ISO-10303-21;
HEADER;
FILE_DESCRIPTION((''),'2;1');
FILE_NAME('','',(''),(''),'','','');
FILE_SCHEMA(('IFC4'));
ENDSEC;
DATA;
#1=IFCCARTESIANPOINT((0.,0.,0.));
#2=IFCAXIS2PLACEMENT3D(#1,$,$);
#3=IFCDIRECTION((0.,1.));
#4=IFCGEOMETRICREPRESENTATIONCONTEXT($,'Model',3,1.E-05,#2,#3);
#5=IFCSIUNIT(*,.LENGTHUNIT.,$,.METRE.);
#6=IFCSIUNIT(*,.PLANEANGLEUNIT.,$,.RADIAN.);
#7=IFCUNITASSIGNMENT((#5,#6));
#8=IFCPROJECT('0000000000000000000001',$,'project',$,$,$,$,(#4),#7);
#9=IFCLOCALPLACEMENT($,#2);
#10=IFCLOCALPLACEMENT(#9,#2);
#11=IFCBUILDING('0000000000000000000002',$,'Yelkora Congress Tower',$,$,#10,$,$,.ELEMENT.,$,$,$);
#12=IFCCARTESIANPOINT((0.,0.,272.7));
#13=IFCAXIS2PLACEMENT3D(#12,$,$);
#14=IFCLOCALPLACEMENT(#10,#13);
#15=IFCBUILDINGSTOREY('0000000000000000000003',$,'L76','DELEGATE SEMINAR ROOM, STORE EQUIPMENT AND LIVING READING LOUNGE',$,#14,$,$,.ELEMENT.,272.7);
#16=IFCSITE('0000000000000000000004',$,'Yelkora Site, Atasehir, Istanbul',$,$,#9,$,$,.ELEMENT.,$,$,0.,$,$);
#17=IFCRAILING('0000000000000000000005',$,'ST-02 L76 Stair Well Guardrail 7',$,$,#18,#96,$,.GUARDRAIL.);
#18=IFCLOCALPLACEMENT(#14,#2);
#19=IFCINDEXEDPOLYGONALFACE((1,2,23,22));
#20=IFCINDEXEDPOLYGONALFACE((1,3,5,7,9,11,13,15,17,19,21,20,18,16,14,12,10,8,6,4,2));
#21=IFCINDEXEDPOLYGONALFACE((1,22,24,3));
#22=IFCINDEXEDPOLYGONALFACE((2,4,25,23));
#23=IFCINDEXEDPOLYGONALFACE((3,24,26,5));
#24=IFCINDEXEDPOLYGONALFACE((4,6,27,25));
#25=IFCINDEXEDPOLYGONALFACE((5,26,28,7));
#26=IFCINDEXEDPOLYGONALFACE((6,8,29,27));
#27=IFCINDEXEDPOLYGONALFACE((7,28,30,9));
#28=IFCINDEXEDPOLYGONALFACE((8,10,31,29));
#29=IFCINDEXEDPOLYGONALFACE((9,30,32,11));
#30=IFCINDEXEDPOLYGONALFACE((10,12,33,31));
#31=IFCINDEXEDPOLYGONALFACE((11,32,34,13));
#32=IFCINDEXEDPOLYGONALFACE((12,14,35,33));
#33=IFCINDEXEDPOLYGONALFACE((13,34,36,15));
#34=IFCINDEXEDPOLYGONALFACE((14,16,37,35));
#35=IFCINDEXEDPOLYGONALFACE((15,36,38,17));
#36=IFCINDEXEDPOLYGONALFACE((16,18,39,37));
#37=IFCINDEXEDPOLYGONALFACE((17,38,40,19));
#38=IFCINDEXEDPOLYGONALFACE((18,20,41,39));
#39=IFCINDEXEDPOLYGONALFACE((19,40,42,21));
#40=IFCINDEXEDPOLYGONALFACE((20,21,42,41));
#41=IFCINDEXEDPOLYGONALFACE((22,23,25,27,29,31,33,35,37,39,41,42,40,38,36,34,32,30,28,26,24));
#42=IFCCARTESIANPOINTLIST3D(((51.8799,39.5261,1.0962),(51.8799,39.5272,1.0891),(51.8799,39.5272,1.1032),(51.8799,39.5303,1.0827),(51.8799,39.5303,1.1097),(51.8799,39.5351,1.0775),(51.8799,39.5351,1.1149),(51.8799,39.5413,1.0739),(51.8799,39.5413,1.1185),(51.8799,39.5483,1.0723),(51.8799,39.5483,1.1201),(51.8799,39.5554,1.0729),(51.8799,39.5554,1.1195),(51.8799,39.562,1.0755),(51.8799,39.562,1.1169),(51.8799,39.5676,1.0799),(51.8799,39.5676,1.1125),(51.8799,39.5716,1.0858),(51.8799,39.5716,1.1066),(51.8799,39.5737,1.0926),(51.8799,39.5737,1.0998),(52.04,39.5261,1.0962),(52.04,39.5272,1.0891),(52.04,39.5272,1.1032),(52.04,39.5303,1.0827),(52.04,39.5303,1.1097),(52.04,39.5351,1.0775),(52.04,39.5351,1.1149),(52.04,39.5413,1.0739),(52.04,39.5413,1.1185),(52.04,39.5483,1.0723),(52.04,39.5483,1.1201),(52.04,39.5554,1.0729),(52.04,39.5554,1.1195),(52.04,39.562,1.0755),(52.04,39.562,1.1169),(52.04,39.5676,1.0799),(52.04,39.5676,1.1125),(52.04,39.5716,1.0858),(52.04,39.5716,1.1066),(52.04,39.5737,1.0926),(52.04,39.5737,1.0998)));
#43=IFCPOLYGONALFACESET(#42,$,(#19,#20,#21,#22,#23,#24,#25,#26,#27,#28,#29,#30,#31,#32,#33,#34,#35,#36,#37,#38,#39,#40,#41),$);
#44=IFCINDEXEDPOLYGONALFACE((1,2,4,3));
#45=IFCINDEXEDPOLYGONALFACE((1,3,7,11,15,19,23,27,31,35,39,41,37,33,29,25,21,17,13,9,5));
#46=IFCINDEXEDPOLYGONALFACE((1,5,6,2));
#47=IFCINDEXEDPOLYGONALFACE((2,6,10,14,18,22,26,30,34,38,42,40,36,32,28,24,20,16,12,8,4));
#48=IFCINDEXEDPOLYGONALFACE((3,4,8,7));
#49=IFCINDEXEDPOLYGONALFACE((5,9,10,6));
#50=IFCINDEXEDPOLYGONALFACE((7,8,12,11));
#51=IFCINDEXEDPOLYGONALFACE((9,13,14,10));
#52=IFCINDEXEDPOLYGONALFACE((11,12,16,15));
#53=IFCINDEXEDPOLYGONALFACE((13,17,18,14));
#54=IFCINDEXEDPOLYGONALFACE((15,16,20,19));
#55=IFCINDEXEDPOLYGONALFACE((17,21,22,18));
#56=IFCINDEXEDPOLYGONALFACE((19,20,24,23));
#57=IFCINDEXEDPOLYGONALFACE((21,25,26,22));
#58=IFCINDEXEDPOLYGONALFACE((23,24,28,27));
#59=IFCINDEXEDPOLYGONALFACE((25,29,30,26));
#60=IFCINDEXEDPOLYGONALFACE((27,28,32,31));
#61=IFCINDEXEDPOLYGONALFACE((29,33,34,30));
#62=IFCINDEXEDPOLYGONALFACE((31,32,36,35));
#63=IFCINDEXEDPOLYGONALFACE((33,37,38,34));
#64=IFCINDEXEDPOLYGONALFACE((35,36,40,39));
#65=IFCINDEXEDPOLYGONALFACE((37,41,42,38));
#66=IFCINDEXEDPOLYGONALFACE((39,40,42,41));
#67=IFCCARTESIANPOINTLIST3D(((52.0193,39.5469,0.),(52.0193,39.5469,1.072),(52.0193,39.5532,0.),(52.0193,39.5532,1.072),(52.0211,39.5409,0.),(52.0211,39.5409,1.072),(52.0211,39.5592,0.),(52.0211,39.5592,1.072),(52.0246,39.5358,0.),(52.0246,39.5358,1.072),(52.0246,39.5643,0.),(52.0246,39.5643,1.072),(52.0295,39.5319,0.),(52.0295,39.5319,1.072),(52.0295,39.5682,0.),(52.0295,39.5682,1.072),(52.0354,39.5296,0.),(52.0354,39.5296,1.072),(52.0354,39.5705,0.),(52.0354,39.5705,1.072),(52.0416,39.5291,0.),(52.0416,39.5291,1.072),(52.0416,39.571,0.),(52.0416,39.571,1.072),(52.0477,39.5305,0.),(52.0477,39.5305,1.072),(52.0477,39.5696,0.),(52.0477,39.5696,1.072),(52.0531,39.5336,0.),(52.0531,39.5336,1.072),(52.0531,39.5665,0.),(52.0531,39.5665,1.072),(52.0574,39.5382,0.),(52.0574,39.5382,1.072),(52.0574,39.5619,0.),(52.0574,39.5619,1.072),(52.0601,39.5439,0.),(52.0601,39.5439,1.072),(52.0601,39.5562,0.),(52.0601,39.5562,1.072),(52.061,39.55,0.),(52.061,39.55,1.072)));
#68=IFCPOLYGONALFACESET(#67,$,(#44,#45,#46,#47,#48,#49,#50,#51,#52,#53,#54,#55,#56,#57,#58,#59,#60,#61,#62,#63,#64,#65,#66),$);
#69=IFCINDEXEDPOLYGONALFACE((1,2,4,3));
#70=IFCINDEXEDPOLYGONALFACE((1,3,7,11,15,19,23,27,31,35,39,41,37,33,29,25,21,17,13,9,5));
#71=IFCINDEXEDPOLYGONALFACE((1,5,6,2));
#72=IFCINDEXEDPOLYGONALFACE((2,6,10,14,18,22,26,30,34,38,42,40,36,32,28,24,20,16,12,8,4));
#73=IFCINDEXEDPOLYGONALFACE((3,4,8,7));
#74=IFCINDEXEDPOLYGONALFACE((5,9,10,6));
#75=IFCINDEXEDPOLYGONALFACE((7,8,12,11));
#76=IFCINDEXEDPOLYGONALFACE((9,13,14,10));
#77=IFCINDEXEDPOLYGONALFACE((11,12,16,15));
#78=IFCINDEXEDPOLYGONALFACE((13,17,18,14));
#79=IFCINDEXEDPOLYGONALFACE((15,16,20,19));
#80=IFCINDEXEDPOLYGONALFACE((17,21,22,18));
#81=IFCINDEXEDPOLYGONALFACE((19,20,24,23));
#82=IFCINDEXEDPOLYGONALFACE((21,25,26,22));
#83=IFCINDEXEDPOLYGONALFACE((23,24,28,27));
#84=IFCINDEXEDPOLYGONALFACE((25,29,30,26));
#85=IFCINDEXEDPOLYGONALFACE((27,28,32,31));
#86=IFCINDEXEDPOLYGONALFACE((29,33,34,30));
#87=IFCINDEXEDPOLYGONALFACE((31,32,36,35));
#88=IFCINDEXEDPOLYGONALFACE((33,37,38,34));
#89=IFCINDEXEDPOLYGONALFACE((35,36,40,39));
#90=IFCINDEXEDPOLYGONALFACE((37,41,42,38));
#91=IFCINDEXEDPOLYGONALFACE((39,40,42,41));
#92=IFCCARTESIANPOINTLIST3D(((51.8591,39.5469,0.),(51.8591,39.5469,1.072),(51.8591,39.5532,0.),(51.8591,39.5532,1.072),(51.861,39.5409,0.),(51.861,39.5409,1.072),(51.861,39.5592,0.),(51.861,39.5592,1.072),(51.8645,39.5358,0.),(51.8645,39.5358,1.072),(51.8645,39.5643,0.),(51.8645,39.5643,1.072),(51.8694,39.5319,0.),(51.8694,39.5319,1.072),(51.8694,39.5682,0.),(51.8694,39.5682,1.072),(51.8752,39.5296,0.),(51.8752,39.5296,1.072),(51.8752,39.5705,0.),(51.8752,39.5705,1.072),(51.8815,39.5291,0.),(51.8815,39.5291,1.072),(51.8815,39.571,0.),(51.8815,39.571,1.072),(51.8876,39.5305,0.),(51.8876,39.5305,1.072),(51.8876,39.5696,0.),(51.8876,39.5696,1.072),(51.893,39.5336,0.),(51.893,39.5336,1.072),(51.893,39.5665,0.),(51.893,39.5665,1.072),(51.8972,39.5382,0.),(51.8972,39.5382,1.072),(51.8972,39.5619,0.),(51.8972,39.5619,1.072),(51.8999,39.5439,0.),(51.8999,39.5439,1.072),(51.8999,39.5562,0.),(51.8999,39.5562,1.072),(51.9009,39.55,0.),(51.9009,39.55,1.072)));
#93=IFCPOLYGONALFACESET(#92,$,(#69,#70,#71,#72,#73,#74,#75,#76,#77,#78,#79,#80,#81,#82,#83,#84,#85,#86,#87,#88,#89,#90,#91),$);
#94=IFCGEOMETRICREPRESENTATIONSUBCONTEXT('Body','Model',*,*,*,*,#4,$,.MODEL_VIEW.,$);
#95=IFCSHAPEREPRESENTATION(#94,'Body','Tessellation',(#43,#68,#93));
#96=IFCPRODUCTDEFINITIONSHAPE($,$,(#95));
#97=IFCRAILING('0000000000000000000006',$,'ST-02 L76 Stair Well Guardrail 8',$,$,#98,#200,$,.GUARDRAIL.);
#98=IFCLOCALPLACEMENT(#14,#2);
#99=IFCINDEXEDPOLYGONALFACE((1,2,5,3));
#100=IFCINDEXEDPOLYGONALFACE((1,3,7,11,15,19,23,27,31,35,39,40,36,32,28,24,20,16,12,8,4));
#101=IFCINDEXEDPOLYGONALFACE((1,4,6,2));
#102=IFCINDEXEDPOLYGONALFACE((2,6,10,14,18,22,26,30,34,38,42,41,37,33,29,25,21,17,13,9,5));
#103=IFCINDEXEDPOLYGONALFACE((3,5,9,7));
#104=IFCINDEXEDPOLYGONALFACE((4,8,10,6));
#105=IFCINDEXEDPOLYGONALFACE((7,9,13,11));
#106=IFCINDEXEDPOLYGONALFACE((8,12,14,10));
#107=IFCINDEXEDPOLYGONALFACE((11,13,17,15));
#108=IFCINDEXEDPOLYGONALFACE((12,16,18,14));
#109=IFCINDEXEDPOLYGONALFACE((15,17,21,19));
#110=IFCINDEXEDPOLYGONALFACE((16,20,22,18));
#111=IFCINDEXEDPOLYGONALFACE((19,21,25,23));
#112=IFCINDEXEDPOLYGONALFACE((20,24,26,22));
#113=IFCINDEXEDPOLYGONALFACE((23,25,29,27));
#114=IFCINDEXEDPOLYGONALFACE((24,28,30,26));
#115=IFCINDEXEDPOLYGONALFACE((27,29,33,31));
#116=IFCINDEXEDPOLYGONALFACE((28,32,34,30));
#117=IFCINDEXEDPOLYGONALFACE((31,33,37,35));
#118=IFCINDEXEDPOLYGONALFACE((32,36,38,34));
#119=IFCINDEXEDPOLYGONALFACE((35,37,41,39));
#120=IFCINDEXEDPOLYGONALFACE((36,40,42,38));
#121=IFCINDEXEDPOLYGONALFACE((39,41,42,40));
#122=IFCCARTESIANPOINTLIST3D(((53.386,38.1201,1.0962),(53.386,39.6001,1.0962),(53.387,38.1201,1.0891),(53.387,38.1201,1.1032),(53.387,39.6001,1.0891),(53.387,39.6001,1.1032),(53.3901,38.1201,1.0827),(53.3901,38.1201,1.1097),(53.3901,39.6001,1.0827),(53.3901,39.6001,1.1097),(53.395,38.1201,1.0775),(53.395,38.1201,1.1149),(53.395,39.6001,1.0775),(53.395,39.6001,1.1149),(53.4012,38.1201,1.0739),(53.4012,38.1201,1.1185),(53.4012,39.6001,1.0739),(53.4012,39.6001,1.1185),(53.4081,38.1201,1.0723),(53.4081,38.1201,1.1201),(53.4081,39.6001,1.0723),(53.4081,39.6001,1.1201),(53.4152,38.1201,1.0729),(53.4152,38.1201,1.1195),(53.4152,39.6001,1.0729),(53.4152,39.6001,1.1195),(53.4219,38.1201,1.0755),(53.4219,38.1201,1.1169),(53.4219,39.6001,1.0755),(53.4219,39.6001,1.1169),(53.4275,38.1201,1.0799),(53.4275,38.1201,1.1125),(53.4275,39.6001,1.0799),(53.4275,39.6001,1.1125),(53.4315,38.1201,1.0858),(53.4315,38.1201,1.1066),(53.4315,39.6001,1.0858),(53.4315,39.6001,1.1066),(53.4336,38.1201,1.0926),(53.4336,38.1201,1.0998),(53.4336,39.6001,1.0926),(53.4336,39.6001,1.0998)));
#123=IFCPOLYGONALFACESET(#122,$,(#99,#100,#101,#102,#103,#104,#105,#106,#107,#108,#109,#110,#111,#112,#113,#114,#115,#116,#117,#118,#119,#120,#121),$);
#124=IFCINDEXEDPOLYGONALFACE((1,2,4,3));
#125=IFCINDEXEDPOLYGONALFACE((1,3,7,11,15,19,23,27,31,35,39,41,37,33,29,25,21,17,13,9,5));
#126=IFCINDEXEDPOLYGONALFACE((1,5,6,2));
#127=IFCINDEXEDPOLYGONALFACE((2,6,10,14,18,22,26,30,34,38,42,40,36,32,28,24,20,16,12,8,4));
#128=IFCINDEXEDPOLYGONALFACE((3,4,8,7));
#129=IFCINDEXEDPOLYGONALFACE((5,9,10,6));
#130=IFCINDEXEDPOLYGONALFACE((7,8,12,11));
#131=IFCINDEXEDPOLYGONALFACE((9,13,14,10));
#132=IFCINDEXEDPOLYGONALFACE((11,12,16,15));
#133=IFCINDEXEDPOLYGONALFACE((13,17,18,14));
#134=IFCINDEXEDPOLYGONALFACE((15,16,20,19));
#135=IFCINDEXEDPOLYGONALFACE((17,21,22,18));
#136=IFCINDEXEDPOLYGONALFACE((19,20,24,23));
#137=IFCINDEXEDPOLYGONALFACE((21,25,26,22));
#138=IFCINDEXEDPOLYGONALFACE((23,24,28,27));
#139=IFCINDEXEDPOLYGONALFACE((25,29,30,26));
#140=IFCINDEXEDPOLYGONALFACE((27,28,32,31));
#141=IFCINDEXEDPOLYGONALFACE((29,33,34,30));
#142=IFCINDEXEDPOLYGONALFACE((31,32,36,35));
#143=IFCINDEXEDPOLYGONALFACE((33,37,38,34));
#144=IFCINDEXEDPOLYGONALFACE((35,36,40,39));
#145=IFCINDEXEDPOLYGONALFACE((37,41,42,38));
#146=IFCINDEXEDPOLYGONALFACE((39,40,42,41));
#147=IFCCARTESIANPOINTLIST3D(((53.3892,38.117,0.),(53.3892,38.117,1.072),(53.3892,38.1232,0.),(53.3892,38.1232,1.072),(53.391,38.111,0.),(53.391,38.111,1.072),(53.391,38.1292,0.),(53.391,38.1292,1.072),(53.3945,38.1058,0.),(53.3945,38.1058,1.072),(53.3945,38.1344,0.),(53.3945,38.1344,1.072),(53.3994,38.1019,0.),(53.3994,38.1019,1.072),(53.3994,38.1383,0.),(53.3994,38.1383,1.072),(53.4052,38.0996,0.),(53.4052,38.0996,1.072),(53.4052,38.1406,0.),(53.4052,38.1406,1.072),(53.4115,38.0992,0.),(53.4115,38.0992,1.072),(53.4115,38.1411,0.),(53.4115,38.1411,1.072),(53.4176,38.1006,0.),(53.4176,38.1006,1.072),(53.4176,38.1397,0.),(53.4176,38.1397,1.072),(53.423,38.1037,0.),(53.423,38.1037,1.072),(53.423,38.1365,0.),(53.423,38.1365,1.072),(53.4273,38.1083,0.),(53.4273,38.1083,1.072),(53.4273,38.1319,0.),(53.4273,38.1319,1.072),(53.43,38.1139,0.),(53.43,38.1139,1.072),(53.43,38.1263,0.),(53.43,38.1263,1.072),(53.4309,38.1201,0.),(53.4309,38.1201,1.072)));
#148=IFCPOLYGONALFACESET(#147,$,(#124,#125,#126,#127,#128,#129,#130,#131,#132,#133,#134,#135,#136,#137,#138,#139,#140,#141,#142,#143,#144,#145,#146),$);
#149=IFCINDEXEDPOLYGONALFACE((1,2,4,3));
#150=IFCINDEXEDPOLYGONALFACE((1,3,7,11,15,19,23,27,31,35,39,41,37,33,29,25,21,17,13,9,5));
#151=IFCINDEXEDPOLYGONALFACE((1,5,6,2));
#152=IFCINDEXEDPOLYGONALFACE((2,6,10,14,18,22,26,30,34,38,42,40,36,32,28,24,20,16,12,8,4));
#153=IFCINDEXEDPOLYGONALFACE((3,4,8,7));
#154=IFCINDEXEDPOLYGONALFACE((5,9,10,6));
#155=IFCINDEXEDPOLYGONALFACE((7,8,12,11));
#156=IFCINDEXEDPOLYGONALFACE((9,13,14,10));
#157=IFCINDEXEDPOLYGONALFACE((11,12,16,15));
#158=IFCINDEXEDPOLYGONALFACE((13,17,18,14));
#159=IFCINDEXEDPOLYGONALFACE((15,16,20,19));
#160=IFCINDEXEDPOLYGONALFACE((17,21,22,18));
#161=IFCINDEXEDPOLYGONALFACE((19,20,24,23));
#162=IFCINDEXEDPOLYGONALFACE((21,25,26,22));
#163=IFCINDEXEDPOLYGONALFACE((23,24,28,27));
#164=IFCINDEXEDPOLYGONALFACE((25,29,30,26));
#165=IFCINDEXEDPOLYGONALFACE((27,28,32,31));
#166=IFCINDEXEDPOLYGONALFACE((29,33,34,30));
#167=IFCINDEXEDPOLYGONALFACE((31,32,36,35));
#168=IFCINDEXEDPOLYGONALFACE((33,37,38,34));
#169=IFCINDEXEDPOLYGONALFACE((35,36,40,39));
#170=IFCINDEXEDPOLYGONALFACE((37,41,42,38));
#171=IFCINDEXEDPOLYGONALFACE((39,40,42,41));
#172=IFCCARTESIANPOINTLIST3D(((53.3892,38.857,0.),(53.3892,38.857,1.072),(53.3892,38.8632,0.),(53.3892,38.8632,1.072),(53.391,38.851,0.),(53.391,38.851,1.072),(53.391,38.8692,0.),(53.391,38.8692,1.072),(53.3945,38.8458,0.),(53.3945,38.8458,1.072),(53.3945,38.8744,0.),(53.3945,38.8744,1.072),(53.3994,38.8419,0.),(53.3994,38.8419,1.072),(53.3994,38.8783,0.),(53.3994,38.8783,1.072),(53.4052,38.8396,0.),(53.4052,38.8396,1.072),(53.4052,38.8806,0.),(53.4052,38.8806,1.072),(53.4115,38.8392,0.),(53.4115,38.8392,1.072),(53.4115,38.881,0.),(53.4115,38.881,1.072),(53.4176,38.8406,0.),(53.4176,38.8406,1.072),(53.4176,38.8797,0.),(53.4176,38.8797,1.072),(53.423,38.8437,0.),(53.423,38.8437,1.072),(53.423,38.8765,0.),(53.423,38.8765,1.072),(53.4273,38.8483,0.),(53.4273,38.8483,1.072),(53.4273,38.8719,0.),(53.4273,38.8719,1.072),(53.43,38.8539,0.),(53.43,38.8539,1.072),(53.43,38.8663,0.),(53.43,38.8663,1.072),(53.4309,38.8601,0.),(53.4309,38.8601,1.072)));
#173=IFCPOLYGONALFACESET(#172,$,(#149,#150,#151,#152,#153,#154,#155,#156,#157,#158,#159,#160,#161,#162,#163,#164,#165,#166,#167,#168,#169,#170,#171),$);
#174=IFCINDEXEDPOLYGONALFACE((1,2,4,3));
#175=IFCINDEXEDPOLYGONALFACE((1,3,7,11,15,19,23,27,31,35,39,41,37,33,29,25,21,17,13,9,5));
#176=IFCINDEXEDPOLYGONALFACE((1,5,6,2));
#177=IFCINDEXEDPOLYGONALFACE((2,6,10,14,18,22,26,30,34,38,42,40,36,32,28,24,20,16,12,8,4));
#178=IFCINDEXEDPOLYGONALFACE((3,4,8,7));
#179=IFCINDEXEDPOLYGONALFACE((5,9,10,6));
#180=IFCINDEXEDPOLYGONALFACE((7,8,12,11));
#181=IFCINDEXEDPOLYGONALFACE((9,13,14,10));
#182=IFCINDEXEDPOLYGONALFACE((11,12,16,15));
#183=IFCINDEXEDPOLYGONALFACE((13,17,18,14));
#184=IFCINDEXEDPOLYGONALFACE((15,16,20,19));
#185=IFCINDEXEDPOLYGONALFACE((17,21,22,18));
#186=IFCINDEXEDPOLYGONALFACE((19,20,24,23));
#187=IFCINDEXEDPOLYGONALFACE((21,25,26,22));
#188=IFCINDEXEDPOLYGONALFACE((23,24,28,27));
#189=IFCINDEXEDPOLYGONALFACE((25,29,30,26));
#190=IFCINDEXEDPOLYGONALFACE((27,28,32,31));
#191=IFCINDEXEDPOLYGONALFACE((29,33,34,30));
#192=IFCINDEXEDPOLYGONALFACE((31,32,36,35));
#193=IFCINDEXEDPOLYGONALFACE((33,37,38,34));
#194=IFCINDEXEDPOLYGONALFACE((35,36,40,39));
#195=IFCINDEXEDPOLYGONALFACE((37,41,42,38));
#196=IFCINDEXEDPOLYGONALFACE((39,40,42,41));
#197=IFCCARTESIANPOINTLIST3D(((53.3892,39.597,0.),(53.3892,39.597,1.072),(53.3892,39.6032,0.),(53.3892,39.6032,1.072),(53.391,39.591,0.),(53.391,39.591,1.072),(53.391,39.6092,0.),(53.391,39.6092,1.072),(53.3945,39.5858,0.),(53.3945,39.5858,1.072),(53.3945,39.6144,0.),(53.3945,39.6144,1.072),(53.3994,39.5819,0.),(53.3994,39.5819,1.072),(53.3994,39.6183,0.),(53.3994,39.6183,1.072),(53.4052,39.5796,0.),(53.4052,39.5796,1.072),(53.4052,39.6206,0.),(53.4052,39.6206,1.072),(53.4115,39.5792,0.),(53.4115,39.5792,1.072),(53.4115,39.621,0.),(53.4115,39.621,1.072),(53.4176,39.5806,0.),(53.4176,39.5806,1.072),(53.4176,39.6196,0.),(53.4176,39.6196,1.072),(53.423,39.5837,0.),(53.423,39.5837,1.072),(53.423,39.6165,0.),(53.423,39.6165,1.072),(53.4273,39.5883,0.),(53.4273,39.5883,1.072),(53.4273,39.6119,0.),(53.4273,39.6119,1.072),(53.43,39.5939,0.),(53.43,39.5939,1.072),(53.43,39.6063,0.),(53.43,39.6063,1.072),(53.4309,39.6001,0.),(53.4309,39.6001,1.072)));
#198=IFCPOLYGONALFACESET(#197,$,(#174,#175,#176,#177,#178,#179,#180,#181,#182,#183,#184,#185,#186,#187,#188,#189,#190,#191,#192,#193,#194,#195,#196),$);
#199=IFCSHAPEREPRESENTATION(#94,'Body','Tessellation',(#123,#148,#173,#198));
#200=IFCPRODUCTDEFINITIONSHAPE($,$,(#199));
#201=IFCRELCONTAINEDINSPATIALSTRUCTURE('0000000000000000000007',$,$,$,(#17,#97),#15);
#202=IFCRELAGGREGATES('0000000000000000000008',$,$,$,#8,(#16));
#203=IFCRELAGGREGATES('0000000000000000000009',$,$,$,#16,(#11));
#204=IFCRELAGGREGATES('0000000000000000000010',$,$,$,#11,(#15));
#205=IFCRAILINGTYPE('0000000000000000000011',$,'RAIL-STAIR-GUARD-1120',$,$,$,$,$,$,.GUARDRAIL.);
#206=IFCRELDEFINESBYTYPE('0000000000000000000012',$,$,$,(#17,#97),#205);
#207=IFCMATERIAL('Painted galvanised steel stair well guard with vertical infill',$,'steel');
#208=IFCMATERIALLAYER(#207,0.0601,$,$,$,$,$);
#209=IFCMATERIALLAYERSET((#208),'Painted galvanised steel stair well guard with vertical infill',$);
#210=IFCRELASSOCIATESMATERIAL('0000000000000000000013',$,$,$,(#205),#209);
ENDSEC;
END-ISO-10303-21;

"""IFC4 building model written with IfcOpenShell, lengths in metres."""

from ifc_helpers import new_model, si_unit, direction, frame, origin, origin_2d, place, context, subcontext, project, spatial, circle, extrude, material, layer, layer_set, type_object, element, save


model = new_model("IFC4")

# Units and contexts
model_context = context("Model", 3, precision=1e-05, world=origin(), true_north=direction((0.0, 1.0)))
body_context = subcontext(model_context, "Body", "Model", "MODEL_VIEW")
ifc_project = project(units=[si_unit("LENGTHUNIT", "METRE"), si_unit("PLANEANGLEUNIT", "RADIAN")], contexts=[model_context])

# Site, building, storey
site_placement = place(None, origin())
site = spatial("IfcSite", under=ifc_project, at=site_placement, Name="Yelkora Site, Atasehir, Istanbul", CompositionType="ELEMENT", RefElevation=0.0)
building_placement = place(site_placement, origin())
building = spatial("IfcBuilding", under=site, at=building_placement, Name="Yelkora Congress Tower", CompositionType="ELEMENT")
storey_placement = place(building_placement, frame((0.0, 0.0, 272.7)))
storey = spatial("IfcBuildingStorey", under=building, at=storey_placement, Name="L76", Description="DELEGATE SEMINAR ROOM, STORE EQUIPMENT AND LIVING READING LOUNGE", CompositionType="ELEMENT", Elevation=272.7)

# Railings
ifc_material_1 = material(Name="Painted galvanised steel stair well guard with vertical infill", Category="steel")
ifc_layer_1 = layer(ifc_material_1, 0.0601)
ifc_layer_set_1 = layer_set([ifc_layer_1], Name="Painted galvanised steel stair well guard with vertical infill")
railing_type_1 = type_object("IfcRailingType", Name="RAIL-STAIR-GUARD-1120", PredefinedType="GUARDRAIL", material=ifc_layer_set_1)
railing_1_placement = place(storey_placement, frame((52.04, 39.55, 0.0)))
element("IfcRailing", 1, at=railing_1_placement, inside=storey, type_object=railing_type_1, Name="ST-02 L76 Stair Well Guardrail 7", PredefinedType="GUARDRAIL", context=body_context, shape_type="SweptSolid", body=[
    extrude(circle(Radius=0.0239, at=origin_2d()), frame((0.0, 0.0, 1.0962), z_axis=(-1.0, 0.0, 0.0), x_axis=(0.0, -1.0, 0.0)), (0.0, 0.0, 1.0), 0.1602),
    extrude(circle(Radius=0.021, at=origin_2d()), origin(), (0.0, 0.0, 1.0), 1.072),
    extrude(circle(Radius=0.021, at=origin_2d()), frame((-0.1602, 0.0, 0.0)), (0.0, 0.0, 1.0), 1.072),
])
for number, where, name in (
    (2, (53.4099, 38.1201, 0.0), "ST-02 L76 Stair Well Guardrail 8"),
):
    element("IfcRailing", number, at=place(storey_placement, frame(where)), inside=storey, type_object=railing_type_1, Name=name, PredefinedType="GUARDRAIL", context=body_context, shape_type="SweptSolid", body=[
        extrude(circle(Radius=0.0239, at=origin_2d()), frame((0.0, 0.0, 1.0962), z_axis=(0.0, 1.0, 0.0), x_axis=(-1.0, 0.0, 0.0)), (0.0, 0.0, 1.0), 1.48),
        extrude(circle(Radius=0.021, at=origin_2d()), origin(), (0.0, 0.0, 1.0), 1.072),
        extrude(circle(Radius=0.021, at=origin_2d()), frame((0.0, 0.74, 0.0)), (0.0, 0.0, 1.0), 1.072),
        extrude(circle(Radius=0.021, at=origin_2d()), frame((0.0, 1.48, 0.0)), (0.0, 0.0, 1.0), 1.072),
    ])

save(model, "model.ifc")
